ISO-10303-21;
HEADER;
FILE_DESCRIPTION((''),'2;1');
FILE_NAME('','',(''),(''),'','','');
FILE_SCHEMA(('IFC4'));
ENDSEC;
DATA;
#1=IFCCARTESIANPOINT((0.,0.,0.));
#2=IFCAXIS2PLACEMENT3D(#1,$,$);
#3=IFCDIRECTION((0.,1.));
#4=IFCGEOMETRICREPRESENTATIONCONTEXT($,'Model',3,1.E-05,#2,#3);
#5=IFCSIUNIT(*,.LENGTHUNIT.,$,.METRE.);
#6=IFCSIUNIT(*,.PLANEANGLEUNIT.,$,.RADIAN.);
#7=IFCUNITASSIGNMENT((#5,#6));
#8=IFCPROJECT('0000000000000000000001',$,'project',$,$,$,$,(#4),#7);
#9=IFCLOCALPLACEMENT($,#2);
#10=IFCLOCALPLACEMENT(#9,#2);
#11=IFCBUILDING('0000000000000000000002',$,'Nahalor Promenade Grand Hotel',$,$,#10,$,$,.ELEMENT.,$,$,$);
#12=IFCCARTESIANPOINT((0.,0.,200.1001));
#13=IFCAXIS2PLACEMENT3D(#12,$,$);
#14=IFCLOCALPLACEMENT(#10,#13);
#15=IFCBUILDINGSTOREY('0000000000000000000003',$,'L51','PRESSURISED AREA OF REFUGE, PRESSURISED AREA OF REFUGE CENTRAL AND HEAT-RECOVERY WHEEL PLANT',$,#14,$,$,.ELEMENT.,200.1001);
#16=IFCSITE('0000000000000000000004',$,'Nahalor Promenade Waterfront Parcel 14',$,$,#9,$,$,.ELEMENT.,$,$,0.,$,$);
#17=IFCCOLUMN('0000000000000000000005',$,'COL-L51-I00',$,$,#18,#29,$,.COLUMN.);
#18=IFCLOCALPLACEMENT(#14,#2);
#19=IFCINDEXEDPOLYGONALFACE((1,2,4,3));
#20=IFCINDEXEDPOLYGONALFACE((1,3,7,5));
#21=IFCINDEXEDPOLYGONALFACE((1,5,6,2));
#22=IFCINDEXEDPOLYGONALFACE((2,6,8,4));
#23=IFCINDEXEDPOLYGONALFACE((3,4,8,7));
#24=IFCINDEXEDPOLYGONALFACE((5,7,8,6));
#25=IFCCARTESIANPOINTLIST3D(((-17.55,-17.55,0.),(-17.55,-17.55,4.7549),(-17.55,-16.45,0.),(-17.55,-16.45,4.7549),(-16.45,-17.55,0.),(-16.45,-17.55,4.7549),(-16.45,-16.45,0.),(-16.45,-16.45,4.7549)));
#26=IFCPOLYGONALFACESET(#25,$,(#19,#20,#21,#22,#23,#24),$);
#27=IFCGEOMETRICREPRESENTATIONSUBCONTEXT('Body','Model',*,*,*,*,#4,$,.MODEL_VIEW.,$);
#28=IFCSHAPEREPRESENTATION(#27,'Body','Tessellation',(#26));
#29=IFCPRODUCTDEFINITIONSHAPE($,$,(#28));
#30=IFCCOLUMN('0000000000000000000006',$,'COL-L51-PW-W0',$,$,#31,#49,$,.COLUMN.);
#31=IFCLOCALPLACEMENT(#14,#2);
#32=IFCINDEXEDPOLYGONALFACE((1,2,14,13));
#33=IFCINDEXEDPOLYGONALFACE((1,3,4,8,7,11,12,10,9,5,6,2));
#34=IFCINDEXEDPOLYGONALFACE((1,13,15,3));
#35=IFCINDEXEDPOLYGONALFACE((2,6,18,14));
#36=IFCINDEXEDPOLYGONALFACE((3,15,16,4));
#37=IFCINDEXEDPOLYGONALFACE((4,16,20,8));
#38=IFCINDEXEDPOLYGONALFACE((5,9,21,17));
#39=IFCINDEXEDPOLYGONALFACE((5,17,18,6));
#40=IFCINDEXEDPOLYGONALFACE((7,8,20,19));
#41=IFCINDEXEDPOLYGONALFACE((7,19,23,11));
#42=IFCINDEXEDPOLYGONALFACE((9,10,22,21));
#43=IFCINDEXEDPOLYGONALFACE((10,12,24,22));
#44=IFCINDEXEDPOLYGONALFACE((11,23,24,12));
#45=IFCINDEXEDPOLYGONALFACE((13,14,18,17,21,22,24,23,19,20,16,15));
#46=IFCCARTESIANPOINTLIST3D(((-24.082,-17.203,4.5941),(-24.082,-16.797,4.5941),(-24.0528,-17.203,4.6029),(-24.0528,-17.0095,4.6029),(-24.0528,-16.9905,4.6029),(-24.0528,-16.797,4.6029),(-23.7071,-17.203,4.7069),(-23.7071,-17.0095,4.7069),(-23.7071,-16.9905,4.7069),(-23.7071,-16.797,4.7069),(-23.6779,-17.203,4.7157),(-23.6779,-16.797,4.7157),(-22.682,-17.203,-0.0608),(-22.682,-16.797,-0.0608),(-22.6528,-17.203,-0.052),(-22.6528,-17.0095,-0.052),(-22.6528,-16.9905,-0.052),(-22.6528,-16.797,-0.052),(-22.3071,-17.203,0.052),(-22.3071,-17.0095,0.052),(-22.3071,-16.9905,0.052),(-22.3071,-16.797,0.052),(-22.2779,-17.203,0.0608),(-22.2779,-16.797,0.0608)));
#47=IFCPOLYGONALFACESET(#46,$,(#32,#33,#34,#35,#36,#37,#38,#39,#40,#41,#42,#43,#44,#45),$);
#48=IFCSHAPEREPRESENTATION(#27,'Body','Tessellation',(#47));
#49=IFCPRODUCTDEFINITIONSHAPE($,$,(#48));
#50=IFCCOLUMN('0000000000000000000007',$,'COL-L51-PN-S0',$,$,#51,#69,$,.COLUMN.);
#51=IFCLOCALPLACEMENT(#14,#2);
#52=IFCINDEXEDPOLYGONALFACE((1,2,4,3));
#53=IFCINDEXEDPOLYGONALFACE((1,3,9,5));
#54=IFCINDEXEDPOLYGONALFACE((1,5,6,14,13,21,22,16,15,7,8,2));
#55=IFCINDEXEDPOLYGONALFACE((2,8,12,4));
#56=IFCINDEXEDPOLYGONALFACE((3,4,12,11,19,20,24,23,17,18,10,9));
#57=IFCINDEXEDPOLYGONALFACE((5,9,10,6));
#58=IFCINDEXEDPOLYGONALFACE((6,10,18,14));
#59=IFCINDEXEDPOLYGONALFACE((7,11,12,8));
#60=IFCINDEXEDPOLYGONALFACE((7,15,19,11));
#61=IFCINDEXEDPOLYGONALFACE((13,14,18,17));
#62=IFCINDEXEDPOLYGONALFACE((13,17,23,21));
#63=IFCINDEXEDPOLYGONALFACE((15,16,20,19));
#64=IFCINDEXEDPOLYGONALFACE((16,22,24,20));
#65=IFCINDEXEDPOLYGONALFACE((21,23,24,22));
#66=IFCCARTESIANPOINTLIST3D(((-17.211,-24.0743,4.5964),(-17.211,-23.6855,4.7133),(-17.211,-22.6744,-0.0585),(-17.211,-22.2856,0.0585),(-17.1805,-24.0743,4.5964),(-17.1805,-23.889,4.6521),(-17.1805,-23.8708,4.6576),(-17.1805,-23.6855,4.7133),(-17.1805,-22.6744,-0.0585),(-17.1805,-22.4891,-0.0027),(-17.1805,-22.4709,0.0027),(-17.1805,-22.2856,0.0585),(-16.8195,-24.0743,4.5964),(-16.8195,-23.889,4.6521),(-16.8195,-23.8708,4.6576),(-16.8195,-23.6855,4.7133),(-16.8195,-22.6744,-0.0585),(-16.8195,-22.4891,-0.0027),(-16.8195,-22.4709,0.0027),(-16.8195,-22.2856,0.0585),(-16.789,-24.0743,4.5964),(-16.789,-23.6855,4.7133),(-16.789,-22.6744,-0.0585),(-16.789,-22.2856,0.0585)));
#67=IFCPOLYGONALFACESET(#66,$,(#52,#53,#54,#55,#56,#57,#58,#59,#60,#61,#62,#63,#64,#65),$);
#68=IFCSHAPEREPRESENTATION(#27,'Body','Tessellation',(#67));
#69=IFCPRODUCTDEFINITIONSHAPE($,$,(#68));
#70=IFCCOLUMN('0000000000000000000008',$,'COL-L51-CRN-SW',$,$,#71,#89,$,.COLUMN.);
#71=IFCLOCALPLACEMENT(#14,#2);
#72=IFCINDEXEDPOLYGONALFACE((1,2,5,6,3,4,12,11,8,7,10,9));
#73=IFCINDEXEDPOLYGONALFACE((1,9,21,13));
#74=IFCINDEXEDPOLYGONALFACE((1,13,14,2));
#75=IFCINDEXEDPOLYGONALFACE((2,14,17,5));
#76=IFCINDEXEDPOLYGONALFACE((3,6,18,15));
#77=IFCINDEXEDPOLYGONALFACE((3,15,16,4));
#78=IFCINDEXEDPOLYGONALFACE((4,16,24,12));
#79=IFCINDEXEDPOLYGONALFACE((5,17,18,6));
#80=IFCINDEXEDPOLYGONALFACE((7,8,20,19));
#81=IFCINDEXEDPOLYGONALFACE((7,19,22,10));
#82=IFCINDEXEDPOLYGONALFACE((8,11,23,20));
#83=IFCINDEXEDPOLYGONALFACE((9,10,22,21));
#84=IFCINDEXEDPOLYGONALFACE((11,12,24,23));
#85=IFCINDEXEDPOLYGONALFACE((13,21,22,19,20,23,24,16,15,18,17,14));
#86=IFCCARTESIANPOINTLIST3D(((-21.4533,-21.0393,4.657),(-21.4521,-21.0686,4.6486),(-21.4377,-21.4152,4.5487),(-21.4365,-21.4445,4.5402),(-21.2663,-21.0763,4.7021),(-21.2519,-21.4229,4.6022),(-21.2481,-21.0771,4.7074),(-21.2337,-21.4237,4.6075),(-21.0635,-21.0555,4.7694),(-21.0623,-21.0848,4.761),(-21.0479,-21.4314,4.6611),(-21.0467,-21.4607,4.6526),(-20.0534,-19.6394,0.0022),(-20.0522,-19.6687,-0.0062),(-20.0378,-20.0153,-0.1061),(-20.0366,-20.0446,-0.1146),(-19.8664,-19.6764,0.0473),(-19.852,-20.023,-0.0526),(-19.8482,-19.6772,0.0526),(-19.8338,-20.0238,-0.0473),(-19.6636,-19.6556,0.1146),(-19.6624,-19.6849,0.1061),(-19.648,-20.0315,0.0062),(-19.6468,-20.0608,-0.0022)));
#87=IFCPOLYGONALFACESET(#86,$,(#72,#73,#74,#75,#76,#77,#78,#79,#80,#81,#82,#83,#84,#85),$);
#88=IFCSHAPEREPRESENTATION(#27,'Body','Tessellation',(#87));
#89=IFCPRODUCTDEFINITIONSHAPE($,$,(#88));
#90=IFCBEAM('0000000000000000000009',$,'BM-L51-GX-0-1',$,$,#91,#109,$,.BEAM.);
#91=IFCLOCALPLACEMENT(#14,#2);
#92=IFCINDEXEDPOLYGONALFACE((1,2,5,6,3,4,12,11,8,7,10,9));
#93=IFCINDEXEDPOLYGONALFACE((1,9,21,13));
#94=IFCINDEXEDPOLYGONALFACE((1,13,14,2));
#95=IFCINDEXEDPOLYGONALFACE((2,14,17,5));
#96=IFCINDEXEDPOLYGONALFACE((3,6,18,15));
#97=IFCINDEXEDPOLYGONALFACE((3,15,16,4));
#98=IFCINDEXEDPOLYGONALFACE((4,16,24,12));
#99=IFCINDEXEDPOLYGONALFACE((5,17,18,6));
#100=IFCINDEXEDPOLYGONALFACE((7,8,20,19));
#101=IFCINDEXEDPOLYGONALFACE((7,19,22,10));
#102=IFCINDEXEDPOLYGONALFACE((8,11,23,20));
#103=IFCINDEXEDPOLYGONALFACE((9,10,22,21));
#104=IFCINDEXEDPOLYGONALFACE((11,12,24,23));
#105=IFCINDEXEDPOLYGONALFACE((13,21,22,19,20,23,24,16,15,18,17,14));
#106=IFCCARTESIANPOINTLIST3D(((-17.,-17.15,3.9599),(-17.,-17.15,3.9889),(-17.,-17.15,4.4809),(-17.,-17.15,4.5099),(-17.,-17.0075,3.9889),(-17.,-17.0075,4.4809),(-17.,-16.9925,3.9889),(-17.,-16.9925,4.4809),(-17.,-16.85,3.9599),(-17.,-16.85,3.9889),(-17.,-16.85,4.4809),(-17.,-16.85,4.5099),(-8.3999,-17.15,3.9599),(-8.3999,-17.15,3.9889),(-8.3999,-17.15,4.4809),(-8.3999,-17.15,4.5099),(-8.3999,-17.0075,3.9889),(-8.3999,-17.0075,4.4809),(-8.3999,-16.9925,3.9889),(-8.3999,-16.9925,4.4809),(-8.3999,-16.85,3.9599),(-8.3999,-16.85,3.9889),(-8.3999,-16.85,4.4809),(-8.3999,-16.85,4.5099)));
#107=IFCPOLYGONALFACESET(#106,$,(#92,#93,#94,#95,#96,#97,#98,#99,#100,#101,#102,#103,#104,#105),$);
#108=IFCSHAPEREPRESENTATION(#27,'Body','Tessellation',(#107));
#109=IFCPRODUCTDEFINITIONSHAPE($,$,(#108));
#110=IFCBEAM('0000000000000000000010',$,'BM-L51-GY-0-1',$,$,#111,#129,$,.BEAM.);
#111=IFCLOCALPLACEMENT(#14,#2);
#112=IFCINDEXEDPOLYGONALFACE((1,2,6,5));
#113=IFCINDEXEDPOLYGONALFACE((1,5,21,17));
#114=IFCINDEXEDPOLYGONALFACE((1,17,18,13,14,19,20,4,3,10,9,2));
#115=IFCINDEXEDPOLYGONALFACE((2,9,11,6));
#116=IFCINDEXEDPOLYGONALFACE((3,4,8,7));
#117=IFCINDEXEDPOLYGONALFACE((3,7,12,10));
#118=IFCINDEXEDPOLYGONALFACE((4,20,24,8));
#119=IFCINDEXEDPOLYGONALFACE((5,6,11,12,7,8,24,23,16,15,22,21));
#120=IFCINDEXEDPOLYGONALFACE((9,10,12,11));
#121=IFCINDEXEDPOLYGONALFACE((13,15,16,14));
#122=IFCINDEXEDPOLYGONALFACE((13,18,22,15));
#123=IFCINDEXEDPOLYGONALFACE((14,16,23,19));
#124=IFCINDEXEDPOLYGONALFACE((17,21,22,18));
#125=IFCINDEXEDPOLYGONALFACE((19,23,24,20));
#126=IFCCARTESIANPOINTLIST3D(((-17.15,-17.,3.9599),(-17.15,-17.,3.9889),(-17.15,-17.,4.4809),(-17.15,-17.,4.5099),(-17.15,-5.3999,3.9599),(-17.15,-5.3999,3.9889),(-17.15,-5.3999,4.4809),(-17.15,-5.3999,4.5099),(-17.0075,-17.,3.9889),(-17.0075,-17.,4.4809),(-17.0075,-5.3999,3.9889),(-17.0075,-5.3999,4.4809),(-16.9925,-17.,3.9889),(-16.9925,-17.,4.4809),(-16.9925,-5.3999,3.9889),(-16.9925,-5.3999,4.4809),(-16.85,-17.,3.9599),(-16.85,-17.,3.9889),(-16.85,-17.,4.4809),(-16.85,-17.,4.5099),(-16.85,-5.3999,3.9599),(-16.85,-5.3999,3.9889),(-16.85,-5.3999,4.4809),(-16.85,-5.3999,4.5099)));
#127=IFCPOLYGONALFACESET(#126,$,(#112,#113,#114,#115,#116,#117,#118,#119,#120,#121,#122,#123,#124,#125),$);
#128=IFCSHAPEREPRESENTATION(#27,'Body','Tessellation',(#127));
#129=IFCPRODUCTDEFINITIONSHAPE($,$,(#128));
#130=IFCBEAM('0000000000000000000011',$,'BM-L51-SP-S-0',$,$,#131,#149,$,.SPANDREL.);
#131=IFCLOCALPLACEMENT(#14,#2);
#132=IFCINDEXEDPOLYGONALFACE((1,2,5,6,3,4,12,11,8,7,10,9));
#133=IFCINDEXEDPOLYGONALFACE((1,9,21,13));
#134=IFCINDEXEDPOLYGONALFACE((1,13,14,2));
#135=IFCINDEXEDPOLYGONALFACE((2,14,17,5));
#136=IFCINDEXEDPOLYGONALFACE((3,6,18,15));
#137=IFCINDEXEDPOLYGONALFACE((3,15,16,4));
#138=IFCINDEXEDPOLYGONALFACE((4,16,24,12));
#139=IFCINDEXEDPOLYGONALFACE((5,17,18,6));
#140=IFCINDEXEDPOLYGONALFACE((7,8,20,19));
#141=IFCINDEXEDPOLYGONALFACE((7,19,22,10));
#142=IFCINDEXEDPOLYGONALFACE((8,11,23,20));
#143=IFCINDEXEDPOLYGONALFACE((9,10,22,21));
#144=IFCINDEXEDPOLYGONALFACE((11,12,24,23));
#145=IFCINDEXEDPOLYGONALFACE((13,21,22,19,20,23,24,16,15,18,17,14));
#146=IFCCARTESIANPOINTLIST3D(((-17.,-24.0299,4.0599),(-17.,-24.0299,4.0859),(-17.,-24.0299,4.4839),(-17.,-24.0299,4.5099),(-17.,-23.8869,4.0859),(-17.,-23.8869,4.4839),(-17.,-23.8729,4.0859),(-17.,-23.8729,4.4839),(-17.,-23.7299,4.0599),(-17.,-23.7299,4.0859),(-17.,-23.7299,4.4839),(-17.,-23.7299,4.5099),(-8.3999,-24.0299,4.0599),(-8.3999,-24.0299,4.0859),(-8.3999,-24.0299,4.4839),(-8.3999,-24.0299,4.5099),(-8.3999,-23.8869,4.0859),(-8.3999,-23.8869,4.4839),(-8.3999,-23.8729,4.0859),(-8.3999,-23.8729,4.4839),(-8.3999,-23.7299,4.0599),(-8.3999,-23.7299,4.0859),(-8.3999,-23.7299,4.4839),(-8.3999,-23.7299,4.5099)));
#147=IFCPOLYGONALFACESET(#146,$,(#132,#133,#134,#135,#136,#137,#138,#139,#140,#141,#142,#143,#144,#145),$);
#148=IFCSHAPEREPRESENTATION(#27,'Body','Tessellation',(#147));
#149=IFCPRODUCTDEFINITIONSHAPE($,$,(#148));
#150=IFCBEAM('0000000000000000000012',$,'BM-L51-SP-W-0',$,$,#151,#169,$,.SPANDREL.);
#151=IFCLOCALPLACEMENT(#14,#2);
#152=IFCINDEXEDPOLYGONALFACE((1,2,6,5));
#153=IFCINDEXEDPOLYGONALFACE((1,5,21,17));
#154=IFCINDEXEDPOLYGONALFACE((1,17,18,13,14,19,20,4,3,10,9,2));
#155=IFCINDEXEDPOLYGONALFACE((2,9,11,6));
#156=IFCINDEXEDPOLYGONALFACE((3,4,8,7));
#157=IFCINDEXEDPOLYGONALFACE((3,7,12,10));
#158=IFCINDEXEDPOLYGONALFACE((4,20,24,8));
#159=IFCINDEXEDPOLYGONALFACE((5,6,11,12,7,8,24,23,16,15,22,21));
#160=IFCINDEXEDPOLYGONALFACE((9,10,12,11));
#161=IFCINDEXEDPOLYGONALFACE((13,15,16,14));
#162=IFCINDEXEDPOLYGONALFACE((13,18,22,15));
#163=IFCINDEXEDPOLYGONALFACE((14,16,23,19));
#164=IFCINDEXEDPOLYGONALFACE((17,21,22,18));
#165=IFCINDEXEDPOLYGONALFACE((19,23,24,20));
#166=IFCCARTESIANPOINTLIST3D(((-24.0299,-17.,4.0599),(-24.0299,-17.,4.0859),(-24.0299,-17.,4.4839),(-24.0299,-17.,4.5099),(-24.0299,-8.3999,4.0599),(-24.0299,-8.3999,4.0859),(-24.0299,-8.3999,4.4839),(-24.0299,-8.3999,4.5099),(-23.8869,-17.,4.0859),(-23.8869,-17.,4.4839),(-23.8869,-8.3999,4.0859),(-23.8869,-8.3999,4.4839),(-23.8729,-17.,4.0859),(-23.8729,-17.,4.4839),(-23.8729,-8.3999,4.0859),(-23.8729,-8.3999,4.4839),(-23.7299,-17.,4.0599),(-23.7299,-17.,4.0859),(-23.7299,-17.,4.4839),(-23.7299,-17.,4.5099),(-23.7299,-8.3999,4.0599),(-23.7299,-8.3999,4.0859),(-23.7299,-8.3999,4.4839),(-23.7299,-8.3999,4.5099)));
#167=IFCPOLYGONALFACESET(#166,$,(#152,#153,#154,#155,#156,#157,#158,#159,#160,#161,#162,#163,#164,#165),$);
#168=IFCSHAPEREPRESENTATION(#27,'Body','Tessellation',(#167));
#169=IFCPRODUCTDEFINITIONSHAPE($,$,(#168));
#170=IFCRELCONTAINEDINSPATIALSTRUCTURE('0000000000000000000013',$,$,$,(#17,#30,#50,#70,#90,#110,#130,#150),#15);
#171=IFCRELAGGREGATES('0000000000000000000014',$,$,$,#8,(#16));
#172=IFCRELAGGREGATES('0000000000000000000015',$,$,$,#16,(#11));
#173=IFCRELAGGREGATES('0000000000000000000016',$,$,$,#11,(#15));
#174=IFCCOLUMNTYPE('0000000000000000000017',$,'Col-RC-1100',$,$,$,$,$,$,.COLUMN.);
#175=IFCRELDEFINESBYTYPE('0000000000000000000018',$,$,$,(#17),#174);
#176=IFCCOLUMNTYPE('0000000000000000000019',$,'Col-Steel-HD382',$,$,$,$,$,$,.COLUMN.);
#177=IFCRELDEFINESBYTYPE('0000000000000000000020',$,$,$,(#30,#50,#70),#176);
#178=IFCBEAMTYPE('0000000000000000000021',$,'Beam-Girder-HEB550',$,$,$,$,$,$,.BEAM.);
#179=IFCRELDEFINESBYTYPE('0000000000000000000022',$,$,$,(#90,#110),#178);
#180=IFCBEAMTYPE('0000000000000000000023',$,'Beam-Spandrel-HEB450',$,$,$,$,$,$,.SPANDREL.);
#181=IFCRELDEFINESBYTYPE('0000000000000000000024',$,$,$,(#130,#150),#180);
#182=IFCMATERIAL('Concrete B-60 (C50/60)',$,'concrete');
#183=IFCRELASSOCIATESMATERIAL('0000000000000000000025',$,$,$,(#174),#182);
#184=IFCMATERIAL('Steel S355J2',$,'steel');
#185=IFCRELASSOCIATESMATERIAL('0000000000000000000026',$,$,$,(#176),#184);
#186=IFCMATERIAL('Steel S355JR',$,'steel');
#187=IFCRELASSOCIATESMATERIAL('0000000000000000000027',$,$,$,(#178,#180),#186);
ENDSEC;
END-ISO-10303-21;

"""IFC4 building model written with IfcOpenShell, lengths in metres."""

from ifc_helpers import new_model, si_unit, direction, frame, origin, origin_2d, place, context, subcontext, project, spatial, rectangle, i_section, extrude, source, transform, mapped, material, material_profile, profile_set, type_object, element, save


model = new_model("IFC4")

# Units and contexts
model_context = context("Model", 3, precision=1e-05, world=origin(), true_north=direction((0.0, 1.0)))
body_context = subcontext(model_context, "Body", "Model", "MODEL_VIEW")
ifc_project = project(units=[si_unit("LENGTHUNIT", "METRE"), si_unit("PLANEANGLEUNIT", "RADIAN")], contexts=[model_context])

# Site, building, storey
site_placement = place(None, origin())
site = spatial("IfcSite", under=ifc_project, at=site_placement, Name="Nahalor Promenade Waterfront Parcel 14", CompositionType="ELEMENT", RefElevation=0.0)
building_placement = place(site_placement, origin())
building = spatial("IfcBuilding", under=site, at=building_placement, Name="Nahalor Promenade Grand Hotel", CompositionType="ELEMENT")
storey_placement = place(building_placement, frame((0.0, 0.0, 200.1001)))
storey = spatial("IfcBuildingStorey", under=building, at=storey_placement, Name="L51", Description="PRESSURISED AREA OF REFUGE, PRESSURISED AREA OF REFUGE CENTRAL AND HEAT-RECOVERY WHEEL PLANT", CompositionType="ELEMENT", Elevation=200.1001)

# Columns
ifc_material_1 = material(Name="Concrete B-60 (C50/60)", Category="concrete")
ifc_material_profile_1 = material_profile(ifc_material_1, rectangle(XDim=1.1, YDim=1.1, at=origin_2d()), Name="RC 1100x1100")
ifc_profile_set_1 = profile_set([ifc_material_profile_1], Name="Concrete B-60 (C50/60)")
column_type_1 = type_object("IfcColumnType", Name="Col-RC-1100", PredefinedType="COLUMN", material=ifc_profile_set_1)
shared_shape_1 = source(origin(), body_context, "Body", "SweptSolid", [
    extrude(rectangle(XDim=1.1, YDim=1.1, at=origin_2d()), origin(), (0.0, 0.0, 1.0), 4.7549),
])
column_1_placement = place(storey_placement, frame((-17.0, -17.0, 0.0), z_axis=(0.0, 0.0, 1.0), x_axis=(1.0, 0.0, 0.0)))
element("IfcColumn", 1, at=column_1_placement, inside=storey, type_object=column_type_1, Name="COL-L51-I00", PredefinedType="COLUMN", context=body_context, shape_type="MappedRepresentation", body=[
    mapped(shared_shape_1, transform((0.0, 0.0, 0.0), scale=1.0)),
])
ifc_material_2 = material(Name="Steel S355J2", Category="steel")
ifc_material_profile_2 = material_profile(ifc_material_2, i_section(OverallWidth=0.406, OverallDepth=0.422, WebThickness=0.019, FlangeThickness=0.0305, at=origin_2d()), Name="HD 400x382")
ifc_profile_set_2 = profile_set([ifc_material_profile_2], Name="Steel S355J2")
column_type_2 = type_object("IfcColumnType", Name="Col-Steel-HD382", PredefinedType="COLUMN", material=ifc_profile_set_2)
shared_shape_2 = source(origin(), body_context, "Body", "SweptSolid", [
    extrude(i_section(OverallWidth=0.406, OverallDepth=0.422, WebThickness=0.019, FlangeThickness=0.0305, at=origin_2d()), origin(), (0.0, 0.0, 1.0), 4.8608),
])
for number, where, z_axis, x_axis, name in (
    (2, (-22.48, -17.0, 0.0), (-0.288002, 0.0, 0.95763), (0.0, -1.0, 0.0), "COL-L51-PW-W0"),
    (3, (-17.0, -22.48, 0.0), (0.0, -0.288002, 0.95763), (0.0, 0.95763, 0.288002), "COL-L51-PN-S0"),
):
    element("IfcColumn", number, at=place(storey_placement, frame(where, z_axis=z_axis, x_axis=x_axis)), inside=storey, type_object=column_type_2, Name=name, PredefinedType="COLUMN", context=body_context, shape_type="MappedRepresentation", body=[
        mapped(shared_shape_2, transform((0.0, 0.0, 0.0), scale=1.0)),
    ])
shared_shape_3 = source(origin(), body_context, "Body", "SweptSolid", [
    extrude(i_section(OverallWidth=0.406, OverallDepth=0.422, WebThickness=0.019, FlangeThickness=0.0305, at=origin_2d()), origin(), (0.0, 0.0, 1.0), 5.0583),
])
column_2_placement = place(storey_placement, frame((-19.8501, -19.8501, 0.0), z_axis=(-0.276753, -0.276753, 0.920226), x_axis=(0.960113, -0.039887, 0.276753)))
element("IfcColumn", 4, at=column_2_placement, inside=storey, type_object=column_type_2, Name="COL-L51-CRN-SW", PredefinedType="COLUMN", context=body_context, shape_type="MappedRepresentation", body=[
    mapped(shared_shape_3, transform((0.0, 0.0, 0.0), scale=1.0)),
])

# Beams
ifc_material_3 = material(Name="Steel S355JR", Category="steel")
ifc_material_profile_3 = material_profile(ifc_material_3, i_section(OverallWidth=0.3, OverallDepth=0.55, WebThickness=0.015, FlangeThickness=0.029, at=origin_2d()), Name="HEB 550")
ifc_profile_set_3 = profile_set([ifc_material_profile_3], Name="Steel S355JR")
beam_type_1 = type_object("IfcBeamType", Name="Beam-Girder-HEB550", PredefinedType="BEAM", material=ifc_profile_set_3)
shared_shape_4 = source(origin(), body_context, "Body", "SweptSolid", [
    extrude(i_section(OverallWidth=0.3, OverallDepth=0.55, WebThickness=0.015, FlangeThickness=0.029, at=origin_2d()), origin(), (0.0, 0.0, 1.0), 8.6001),
])
beam_1_placement = place(storey_placement, frame((-17.0, -17.0, 4.2349), z_axis=(1.0, 0.0, 0.0), x_axis=(0.0, 1.0, 0.0)))
element("IfcBeam", 5, at=beam_1_placement, inside=storey, type_object=beam_type_1, Name="BM-L51-GX-0-1", PredefinedType="BEAM", context=body_context, shape_type="MappedRepresentation", body=[
    mapped(shared_shape_4, transform((0.0, 0.0, 0.0), scale=1.0)),
])
shared_shape_5 = source(origin(), body_context, "Body", "SweptSolid", [
    extrude(i_section(OverallWidth=0.3, OverallDepth=0.55, WebThickness=0.015, FlangeThickness=0.029, at=origin_2d()), origin(), (0.0, 0.0, 1.0), 11.6001),
])
beam_2_placement = place(storey_placement, frame((-17.0, -17.0, 4.2349), z_axis=(0.0, 1.0, 0.0), x_axis=(-1.0, 0.0, 0.0)))
element("IfcBeam", 6, at=beam_2_placement, inside=storey, type_object=beam_type_1, Name="BM-L51-GY-0-1", PredefinedType="BEAM", context=body_context, shape_type="MappedRepresentation", body=[
    mapped(shared_shape_5, transform((0.0, 0.0, 0.0), scale=1.0)),
])
ifc_material_profile_4 = material_profile(ifc_material_3, i_section(OverallWidth=0.3, OverallDepth=0.45, WebThickness=0.014, FlangeThickness=0.026, at=origin_2d()), Name="HEB 450")
ifc_profile_set_4 = profile_set([ifc_material_profile_4], Name="Steel S355JR")
beam_type_2 = type_object("IfcBeamType", Name="Beam-Spandrel-HEB450", PredefinedType="SPANDREL", material=ifc_profile_set_4)
shared_shape_6 = source(origin(), body_context, "Body", "SweptSolid", [
    extrude(i_section(OverallWidth=0.3, OverallDepth=0.45, WebThickness=0.014, FlangeThickness=0.026, at=origin_2d()), origin(), (0.0, 0.0, 1.0), 8.6001),
])
for number, where, z_axis, x_axis, name in (
    (7, (-17.0, -23.8799, 4.2849), (1.0, 0.0, 0.0), (0.0, 1.0, 0.0), "BM-L51-SP-S-0"),
    (8, (-23.8799, -17.0, 4.2849), (0.0, 1.0, 0.0), (-1.0, 0.0, 0.0), "BM-L51-SP-W-0"),
):
    element("IfcBeam", number, at=place(storey_placement, frame(where, z_axis=z_axis, x_axis=x_axis)), inside=storey, type_object=beam_type_2, Name=name, PredefinedType="SPANDREL", context=body_context, shape_type="MappedRepresentation", body=[
        mapped(shared_shape_6, transform((0.0, 0.0, 0.0), scale=1.0)),
    ])

save(model, "model.ifc")
